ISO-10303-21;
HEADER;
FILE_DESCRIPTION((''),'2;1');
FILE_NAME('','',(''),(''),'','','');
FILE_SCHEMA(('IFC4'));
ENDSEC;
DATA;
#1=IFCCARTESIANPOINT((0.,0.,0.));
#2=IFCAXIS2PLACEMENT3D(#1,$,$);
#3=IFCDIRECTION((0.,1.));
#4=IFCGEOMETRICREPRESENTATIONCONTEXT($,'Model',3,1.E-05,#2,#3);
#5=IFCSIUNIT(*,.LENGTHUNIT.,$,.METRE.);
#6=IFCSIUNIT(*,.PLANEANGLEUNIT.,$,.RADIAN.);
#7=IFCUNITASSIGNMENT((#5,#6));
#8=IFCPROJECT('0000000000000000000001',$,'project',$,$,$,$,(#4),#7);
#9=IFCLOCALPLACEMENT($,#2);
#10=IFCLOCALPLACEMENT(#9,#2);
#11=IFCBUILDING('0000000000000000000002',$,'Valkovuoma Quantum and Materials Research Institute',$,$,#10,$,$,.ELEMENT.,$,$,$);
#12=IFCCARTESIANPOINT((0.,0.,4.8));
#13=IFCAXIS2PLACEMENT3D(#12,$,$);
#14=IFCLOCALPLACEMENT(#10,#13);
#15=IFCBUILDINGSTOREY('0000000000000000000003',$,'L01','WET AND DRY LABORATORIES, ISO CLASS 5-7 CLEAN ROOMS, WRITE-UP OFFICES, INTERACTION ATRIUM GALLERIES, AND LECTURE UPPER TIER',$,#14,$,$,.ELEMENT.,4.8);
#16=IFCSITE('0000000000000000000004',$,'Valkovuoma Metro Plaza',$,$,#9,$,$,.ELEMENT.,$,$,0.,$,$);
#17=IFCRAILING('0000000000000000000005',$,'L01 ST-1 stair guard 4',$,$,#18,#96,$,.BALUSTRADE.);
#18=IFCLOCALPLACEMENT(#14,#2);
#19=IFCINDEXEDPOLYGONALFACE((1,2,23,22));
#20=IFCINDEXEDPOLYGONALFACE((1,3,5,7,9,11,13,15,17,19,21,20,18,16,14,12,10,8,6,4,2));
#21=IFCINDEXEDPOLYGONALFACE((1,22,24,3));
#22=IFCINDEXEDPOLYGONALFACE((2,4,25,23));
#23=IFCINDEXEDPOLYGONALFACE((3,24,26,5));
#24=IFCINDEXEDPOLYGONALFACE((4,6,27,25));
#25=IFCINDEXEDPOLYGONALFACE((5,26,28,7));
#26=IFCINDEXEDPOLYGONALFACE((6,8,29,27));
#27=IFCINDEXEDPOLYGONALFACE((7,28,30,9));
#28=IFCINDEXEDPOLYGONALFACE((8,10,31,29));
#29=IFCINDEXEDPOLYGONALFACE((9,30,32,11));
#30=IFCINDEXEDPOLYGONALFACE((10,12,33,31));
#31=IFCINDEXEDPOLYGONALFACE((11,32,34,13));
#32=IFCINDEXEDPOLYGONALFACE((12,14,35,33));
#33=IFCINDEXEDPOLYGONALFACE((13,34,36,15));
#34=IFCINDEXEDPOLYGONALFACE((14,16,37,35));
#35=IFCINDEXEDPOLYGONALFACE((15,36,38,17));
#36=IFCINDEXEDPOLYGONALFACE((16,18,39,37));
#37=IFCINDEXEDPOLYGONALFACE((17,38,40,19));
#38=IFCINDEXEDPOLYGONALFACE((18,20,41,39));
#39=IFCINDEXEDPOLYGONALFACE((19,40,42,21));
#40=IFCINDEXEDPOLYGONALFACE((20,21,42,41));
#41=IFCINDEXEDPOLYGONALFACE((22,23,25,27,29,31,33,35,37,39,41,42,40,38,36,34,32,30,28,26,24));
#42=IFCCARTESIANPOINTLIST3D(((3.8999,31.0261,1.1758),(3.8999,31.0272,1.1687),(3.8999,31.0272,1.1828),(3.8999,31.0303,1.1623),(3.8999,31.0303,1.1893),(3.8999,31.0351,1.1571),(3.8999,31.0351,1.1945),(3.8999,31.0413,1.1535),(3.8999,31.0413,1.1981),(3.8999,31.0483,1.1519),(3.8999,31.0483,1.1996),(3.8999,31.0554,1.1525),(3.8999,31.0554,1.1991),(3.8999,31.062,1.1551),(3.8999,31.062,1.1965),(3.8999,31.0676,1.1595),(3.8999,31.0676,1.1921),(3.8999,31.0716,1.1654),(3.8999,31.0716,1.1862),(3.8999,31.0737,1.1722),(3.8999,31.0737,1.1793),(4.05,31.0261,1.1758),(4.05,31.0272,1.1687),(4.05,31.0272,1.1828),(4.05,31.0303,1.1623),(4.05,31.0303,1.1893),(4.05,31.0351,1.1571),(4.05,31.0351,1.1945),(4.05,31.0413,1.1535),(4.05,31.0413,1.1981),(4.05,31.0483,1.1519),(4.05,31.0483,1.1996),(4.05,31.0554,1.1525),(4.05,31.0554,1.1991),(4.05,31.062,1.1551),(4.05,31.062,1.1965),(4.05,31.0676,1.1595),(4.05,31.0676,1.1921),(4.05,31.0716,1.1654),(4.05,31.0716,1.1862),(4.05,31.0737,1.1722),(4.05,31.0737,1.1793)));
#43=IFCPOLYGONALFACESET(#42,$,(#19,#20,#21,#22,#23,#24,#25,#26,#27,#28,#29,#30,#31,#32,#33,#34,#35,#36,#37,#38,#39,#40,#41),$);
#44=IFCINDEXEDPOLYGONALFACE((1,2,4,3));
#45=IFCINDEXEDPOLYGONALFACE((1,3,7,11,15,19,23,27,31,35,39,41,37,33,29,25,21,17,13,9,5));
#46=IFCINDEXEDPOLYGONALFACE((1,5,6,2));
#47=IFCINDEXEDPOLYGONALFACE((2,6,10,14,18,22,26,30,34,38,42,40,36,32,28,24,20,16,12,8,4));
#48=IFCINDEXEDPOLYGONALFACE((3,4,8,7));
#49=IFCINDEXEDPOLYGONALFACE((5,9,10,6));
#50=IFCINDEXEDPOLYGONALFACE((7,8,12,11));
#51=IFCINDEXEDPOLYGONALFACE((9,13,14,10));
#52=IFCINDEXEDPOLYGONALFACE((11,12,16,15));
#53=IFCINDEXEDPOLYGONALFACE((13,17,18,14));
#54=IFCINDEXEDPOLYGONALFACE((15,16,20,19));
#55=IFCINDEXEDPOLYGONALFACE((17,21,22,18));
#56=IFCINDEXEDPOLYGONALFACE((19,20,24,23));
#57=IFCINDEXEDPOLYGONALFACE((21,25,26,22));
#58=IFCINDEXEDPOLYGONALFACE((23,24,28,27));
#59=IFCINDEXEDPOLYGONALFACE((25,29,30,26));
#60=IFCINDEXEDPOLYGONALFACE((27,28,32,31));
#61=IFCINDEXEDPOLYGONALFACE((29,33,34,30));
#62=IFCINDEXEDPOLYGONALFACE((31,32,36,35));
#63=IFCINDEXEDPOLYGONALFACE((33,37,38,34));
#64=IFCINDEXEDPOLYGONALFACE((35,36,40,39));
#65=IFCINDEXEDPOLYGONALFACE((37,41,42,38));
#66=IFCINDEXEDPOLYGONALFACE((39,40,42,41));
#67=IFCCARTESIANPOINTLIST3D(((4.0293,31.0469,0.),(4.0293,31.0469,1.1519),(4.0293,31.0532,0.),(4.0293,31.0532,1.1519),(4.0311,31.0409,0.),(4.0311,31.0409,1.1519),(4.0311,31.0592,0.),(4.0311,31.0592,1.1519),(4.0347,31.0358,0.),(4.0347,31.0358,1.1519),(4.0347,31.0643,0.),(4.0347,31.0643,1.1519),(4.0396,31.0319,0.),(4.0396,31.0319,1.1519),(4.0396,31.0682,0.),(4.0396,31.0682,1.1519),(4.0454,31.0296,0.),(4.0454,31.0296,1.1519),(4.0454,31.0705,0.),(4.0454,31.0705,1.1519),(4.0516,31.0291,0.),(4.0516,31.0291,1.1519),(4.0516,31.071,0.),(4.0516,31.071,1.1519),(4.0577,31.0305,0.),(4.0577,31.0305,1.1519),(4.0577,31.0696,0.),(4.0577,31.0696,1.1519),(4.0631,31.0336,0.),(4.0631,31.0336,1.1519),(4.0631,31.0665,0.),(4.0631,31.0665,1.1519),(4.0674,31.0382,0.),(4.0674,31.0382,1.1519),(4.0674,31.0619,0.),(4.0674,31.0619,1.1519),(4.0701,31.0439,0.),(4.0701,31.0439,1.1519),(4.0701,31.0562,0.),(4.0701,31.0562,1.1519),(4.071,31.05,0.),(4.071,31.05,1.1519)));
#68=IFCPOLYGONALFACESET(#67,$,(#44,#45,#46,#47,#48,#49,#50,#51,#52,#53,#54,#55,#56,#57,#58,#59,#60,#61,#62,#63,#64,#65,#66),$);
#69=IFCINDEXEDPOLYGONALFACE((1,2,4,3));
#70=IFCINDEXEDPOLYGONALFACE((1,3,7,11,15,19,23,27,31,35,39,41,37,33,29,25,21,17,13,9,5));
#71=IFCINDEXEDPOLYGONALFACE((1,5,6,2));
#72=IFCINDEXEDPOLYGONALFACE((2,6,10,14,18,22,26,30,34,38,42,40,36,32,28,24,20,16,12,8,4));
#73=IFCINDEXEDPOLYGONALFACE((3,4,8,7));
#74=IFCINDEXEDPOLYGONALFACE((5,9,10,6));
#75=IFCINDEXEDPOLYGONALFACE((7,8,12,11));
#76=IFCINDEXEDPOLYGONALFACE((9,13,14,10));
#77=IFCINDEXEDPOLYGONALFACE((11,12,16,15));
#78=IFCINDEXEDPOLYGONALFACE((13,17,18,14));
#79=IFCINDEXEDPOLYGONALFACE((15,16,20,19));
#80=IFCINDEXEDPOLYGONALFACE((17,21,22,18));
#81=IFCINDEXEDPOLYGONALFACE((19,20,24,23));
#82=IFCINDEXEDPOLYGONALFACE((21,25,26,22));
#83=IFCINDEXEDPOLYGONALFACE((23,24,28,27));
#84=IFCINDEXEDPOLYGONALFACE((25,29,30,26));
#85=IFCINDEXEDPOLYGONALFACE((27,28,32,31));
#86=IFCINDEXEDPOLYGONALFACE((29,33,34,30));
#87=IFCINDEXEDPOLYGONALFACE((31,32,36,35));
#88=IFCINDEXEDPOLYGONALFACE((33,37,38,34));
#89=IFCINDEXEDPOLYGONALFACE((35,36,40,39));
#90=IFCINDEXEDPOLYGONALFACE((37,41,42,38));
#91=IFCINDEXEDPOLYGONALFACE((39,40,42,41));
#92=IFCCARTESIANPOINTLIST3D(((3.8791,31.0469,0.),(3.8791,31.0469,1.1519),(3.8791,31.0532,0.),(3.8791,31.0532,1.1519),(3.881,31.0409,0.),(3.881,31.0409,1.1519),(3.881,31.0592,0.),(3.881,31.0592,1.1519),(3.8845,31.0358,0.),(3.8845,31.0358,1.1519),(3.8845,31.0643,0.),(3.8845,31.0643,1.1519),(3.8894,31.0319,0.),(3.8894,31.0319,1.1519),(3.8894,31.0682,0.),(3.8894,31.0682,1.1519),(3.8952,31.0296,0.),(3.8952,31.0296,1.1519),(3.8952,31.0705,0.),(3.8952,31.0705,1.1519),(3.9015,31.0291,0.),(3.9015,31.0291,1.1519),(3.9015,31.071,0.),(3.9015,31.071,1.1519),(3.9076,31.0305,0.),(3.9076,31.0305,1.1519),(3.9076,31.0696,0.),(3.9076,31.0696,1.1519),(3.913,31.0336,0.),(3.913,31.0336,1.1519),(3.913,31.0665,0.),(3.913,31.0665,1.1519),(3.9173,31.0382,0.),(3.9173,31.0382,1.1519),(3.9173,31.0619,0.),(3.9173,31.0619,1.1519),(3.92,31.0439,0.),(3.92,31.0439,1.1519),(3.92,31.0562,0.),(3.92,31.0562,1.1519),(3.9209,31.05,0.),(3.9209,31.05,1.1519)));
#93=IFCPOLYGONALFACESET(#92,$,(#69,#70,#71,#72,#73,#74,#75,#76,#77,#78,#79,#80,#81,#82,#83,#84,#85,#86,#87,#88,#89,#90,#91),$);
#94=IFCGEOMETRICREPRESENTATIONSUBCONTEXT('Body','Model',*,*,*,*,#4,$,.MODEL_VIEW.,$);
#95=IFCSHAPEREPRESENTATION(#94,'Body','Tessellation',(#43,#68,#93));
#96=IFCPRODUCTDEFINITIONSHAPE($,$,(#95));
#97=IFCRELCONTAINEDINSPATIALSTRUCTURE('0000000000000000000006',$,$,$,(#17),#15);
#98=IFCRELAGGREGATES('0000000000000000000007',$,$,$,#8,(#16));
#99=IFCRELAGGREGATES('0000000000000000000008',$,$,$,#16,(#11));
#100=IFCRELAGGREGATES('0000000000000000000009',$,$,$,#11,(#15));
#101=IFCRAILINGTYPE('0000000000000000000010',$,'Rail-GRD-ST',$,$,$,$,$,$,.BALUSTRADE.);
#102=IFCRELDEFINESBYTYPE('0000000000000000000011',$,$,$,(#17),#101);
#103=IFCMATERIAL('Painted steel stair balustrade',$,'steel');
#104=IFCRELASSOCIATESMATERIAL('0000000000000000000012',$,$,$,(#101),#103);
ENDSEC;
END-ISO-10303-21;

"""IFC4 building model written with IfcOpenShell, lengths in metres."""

from ifc_helpers import new_model, si_unit, direction, frame, origin, origin_2d, place, context, subcontext, project, spatial, circle, extrude, material, type_object, element, save


model = new_model("IFC4")

# Units and contexts
model_context = context("Model", 3, precision=1e-05, world=origin(), true_north=direction((0.0, 1.0)))
body_context = subcontext(model_context, "Body", "Model", "MODEL_VIEW")
ifc_project = project(units=[si_unit("LENGTHUNIT", "METRE"), si_unit("PLANEANGLEUNIT", "RADIAN")], contexts=[model_context])

# Site, building, storey
site_placement = place(None, origin())
site = spatial("IfcSite", under=ifc_project, at=site_placement, Name="Valkovuoma Metro Plaza", CompositionType="ELEMENT", RefElevation=0.0)
building_placement = place(site_placement, origin())
building = spatial("IfcBuilding", under=site, at=building_placement, Name="Valkovuoma Quantum and Materials Research Institute", CompositionType="ELEMENT")
storey_placement = place(building_placement, frame((0.0, 0.0, 4.8)))
storey = spatial("IfcBuildingStorey", under=building, at=storey_placement, Name="L01", Description="WET AND DRY LABORATORIES, ISO CLASS 5-7 CLEAN ROOMS, WRITE-UP OFFICES, INTERACTION ATRIUM GALLERIES, AND LECTURE UPPER TIER", CompositionType="ELEMENT", Elevation=4.8)

# Railing
ifc_material_1 = material(Name="Painted steel stair balustrade", Category="steel")
railing_type_1 = type_object("IfcRailingType", Name="Rail-GRD-ST", PredefinedType="BALUSTRADE", material=ifc_material_1)
railing_1_placement = place(storey_placement, frame((4.05, 31.05, 0.0)))
element("IfcRailing", 1, at=railing_1_placement, inside=storey, type_object=railing_type_1, Name="L01 ST-1 stair guard 4", PredefinedType="BALUSTRADE", context=body_context, shape_type="SweptSolid", body=[
    extrude(circle(Radius=0.0239, at=origin_2d()), frame((0.0, 0.0, 1.1758), z_axis=(-1.0, 0.0, 0.0), x_axis=(0.0, -1.0, 0.0)), (0.0, 0.0, 1.0), 0.1501),
    extrude(circle(Radius=0.021, at=origin_2d()), origin(), (0.0, 0.0, 1.0), 1.1519),
    extrude(circle(Radius=0.021, at=origin_2d()), frame((-0.1501, 0.0, 0.0)), (0.0, 0.0, 1.0), 1.1519),
])

save(model, "model.ifc")
